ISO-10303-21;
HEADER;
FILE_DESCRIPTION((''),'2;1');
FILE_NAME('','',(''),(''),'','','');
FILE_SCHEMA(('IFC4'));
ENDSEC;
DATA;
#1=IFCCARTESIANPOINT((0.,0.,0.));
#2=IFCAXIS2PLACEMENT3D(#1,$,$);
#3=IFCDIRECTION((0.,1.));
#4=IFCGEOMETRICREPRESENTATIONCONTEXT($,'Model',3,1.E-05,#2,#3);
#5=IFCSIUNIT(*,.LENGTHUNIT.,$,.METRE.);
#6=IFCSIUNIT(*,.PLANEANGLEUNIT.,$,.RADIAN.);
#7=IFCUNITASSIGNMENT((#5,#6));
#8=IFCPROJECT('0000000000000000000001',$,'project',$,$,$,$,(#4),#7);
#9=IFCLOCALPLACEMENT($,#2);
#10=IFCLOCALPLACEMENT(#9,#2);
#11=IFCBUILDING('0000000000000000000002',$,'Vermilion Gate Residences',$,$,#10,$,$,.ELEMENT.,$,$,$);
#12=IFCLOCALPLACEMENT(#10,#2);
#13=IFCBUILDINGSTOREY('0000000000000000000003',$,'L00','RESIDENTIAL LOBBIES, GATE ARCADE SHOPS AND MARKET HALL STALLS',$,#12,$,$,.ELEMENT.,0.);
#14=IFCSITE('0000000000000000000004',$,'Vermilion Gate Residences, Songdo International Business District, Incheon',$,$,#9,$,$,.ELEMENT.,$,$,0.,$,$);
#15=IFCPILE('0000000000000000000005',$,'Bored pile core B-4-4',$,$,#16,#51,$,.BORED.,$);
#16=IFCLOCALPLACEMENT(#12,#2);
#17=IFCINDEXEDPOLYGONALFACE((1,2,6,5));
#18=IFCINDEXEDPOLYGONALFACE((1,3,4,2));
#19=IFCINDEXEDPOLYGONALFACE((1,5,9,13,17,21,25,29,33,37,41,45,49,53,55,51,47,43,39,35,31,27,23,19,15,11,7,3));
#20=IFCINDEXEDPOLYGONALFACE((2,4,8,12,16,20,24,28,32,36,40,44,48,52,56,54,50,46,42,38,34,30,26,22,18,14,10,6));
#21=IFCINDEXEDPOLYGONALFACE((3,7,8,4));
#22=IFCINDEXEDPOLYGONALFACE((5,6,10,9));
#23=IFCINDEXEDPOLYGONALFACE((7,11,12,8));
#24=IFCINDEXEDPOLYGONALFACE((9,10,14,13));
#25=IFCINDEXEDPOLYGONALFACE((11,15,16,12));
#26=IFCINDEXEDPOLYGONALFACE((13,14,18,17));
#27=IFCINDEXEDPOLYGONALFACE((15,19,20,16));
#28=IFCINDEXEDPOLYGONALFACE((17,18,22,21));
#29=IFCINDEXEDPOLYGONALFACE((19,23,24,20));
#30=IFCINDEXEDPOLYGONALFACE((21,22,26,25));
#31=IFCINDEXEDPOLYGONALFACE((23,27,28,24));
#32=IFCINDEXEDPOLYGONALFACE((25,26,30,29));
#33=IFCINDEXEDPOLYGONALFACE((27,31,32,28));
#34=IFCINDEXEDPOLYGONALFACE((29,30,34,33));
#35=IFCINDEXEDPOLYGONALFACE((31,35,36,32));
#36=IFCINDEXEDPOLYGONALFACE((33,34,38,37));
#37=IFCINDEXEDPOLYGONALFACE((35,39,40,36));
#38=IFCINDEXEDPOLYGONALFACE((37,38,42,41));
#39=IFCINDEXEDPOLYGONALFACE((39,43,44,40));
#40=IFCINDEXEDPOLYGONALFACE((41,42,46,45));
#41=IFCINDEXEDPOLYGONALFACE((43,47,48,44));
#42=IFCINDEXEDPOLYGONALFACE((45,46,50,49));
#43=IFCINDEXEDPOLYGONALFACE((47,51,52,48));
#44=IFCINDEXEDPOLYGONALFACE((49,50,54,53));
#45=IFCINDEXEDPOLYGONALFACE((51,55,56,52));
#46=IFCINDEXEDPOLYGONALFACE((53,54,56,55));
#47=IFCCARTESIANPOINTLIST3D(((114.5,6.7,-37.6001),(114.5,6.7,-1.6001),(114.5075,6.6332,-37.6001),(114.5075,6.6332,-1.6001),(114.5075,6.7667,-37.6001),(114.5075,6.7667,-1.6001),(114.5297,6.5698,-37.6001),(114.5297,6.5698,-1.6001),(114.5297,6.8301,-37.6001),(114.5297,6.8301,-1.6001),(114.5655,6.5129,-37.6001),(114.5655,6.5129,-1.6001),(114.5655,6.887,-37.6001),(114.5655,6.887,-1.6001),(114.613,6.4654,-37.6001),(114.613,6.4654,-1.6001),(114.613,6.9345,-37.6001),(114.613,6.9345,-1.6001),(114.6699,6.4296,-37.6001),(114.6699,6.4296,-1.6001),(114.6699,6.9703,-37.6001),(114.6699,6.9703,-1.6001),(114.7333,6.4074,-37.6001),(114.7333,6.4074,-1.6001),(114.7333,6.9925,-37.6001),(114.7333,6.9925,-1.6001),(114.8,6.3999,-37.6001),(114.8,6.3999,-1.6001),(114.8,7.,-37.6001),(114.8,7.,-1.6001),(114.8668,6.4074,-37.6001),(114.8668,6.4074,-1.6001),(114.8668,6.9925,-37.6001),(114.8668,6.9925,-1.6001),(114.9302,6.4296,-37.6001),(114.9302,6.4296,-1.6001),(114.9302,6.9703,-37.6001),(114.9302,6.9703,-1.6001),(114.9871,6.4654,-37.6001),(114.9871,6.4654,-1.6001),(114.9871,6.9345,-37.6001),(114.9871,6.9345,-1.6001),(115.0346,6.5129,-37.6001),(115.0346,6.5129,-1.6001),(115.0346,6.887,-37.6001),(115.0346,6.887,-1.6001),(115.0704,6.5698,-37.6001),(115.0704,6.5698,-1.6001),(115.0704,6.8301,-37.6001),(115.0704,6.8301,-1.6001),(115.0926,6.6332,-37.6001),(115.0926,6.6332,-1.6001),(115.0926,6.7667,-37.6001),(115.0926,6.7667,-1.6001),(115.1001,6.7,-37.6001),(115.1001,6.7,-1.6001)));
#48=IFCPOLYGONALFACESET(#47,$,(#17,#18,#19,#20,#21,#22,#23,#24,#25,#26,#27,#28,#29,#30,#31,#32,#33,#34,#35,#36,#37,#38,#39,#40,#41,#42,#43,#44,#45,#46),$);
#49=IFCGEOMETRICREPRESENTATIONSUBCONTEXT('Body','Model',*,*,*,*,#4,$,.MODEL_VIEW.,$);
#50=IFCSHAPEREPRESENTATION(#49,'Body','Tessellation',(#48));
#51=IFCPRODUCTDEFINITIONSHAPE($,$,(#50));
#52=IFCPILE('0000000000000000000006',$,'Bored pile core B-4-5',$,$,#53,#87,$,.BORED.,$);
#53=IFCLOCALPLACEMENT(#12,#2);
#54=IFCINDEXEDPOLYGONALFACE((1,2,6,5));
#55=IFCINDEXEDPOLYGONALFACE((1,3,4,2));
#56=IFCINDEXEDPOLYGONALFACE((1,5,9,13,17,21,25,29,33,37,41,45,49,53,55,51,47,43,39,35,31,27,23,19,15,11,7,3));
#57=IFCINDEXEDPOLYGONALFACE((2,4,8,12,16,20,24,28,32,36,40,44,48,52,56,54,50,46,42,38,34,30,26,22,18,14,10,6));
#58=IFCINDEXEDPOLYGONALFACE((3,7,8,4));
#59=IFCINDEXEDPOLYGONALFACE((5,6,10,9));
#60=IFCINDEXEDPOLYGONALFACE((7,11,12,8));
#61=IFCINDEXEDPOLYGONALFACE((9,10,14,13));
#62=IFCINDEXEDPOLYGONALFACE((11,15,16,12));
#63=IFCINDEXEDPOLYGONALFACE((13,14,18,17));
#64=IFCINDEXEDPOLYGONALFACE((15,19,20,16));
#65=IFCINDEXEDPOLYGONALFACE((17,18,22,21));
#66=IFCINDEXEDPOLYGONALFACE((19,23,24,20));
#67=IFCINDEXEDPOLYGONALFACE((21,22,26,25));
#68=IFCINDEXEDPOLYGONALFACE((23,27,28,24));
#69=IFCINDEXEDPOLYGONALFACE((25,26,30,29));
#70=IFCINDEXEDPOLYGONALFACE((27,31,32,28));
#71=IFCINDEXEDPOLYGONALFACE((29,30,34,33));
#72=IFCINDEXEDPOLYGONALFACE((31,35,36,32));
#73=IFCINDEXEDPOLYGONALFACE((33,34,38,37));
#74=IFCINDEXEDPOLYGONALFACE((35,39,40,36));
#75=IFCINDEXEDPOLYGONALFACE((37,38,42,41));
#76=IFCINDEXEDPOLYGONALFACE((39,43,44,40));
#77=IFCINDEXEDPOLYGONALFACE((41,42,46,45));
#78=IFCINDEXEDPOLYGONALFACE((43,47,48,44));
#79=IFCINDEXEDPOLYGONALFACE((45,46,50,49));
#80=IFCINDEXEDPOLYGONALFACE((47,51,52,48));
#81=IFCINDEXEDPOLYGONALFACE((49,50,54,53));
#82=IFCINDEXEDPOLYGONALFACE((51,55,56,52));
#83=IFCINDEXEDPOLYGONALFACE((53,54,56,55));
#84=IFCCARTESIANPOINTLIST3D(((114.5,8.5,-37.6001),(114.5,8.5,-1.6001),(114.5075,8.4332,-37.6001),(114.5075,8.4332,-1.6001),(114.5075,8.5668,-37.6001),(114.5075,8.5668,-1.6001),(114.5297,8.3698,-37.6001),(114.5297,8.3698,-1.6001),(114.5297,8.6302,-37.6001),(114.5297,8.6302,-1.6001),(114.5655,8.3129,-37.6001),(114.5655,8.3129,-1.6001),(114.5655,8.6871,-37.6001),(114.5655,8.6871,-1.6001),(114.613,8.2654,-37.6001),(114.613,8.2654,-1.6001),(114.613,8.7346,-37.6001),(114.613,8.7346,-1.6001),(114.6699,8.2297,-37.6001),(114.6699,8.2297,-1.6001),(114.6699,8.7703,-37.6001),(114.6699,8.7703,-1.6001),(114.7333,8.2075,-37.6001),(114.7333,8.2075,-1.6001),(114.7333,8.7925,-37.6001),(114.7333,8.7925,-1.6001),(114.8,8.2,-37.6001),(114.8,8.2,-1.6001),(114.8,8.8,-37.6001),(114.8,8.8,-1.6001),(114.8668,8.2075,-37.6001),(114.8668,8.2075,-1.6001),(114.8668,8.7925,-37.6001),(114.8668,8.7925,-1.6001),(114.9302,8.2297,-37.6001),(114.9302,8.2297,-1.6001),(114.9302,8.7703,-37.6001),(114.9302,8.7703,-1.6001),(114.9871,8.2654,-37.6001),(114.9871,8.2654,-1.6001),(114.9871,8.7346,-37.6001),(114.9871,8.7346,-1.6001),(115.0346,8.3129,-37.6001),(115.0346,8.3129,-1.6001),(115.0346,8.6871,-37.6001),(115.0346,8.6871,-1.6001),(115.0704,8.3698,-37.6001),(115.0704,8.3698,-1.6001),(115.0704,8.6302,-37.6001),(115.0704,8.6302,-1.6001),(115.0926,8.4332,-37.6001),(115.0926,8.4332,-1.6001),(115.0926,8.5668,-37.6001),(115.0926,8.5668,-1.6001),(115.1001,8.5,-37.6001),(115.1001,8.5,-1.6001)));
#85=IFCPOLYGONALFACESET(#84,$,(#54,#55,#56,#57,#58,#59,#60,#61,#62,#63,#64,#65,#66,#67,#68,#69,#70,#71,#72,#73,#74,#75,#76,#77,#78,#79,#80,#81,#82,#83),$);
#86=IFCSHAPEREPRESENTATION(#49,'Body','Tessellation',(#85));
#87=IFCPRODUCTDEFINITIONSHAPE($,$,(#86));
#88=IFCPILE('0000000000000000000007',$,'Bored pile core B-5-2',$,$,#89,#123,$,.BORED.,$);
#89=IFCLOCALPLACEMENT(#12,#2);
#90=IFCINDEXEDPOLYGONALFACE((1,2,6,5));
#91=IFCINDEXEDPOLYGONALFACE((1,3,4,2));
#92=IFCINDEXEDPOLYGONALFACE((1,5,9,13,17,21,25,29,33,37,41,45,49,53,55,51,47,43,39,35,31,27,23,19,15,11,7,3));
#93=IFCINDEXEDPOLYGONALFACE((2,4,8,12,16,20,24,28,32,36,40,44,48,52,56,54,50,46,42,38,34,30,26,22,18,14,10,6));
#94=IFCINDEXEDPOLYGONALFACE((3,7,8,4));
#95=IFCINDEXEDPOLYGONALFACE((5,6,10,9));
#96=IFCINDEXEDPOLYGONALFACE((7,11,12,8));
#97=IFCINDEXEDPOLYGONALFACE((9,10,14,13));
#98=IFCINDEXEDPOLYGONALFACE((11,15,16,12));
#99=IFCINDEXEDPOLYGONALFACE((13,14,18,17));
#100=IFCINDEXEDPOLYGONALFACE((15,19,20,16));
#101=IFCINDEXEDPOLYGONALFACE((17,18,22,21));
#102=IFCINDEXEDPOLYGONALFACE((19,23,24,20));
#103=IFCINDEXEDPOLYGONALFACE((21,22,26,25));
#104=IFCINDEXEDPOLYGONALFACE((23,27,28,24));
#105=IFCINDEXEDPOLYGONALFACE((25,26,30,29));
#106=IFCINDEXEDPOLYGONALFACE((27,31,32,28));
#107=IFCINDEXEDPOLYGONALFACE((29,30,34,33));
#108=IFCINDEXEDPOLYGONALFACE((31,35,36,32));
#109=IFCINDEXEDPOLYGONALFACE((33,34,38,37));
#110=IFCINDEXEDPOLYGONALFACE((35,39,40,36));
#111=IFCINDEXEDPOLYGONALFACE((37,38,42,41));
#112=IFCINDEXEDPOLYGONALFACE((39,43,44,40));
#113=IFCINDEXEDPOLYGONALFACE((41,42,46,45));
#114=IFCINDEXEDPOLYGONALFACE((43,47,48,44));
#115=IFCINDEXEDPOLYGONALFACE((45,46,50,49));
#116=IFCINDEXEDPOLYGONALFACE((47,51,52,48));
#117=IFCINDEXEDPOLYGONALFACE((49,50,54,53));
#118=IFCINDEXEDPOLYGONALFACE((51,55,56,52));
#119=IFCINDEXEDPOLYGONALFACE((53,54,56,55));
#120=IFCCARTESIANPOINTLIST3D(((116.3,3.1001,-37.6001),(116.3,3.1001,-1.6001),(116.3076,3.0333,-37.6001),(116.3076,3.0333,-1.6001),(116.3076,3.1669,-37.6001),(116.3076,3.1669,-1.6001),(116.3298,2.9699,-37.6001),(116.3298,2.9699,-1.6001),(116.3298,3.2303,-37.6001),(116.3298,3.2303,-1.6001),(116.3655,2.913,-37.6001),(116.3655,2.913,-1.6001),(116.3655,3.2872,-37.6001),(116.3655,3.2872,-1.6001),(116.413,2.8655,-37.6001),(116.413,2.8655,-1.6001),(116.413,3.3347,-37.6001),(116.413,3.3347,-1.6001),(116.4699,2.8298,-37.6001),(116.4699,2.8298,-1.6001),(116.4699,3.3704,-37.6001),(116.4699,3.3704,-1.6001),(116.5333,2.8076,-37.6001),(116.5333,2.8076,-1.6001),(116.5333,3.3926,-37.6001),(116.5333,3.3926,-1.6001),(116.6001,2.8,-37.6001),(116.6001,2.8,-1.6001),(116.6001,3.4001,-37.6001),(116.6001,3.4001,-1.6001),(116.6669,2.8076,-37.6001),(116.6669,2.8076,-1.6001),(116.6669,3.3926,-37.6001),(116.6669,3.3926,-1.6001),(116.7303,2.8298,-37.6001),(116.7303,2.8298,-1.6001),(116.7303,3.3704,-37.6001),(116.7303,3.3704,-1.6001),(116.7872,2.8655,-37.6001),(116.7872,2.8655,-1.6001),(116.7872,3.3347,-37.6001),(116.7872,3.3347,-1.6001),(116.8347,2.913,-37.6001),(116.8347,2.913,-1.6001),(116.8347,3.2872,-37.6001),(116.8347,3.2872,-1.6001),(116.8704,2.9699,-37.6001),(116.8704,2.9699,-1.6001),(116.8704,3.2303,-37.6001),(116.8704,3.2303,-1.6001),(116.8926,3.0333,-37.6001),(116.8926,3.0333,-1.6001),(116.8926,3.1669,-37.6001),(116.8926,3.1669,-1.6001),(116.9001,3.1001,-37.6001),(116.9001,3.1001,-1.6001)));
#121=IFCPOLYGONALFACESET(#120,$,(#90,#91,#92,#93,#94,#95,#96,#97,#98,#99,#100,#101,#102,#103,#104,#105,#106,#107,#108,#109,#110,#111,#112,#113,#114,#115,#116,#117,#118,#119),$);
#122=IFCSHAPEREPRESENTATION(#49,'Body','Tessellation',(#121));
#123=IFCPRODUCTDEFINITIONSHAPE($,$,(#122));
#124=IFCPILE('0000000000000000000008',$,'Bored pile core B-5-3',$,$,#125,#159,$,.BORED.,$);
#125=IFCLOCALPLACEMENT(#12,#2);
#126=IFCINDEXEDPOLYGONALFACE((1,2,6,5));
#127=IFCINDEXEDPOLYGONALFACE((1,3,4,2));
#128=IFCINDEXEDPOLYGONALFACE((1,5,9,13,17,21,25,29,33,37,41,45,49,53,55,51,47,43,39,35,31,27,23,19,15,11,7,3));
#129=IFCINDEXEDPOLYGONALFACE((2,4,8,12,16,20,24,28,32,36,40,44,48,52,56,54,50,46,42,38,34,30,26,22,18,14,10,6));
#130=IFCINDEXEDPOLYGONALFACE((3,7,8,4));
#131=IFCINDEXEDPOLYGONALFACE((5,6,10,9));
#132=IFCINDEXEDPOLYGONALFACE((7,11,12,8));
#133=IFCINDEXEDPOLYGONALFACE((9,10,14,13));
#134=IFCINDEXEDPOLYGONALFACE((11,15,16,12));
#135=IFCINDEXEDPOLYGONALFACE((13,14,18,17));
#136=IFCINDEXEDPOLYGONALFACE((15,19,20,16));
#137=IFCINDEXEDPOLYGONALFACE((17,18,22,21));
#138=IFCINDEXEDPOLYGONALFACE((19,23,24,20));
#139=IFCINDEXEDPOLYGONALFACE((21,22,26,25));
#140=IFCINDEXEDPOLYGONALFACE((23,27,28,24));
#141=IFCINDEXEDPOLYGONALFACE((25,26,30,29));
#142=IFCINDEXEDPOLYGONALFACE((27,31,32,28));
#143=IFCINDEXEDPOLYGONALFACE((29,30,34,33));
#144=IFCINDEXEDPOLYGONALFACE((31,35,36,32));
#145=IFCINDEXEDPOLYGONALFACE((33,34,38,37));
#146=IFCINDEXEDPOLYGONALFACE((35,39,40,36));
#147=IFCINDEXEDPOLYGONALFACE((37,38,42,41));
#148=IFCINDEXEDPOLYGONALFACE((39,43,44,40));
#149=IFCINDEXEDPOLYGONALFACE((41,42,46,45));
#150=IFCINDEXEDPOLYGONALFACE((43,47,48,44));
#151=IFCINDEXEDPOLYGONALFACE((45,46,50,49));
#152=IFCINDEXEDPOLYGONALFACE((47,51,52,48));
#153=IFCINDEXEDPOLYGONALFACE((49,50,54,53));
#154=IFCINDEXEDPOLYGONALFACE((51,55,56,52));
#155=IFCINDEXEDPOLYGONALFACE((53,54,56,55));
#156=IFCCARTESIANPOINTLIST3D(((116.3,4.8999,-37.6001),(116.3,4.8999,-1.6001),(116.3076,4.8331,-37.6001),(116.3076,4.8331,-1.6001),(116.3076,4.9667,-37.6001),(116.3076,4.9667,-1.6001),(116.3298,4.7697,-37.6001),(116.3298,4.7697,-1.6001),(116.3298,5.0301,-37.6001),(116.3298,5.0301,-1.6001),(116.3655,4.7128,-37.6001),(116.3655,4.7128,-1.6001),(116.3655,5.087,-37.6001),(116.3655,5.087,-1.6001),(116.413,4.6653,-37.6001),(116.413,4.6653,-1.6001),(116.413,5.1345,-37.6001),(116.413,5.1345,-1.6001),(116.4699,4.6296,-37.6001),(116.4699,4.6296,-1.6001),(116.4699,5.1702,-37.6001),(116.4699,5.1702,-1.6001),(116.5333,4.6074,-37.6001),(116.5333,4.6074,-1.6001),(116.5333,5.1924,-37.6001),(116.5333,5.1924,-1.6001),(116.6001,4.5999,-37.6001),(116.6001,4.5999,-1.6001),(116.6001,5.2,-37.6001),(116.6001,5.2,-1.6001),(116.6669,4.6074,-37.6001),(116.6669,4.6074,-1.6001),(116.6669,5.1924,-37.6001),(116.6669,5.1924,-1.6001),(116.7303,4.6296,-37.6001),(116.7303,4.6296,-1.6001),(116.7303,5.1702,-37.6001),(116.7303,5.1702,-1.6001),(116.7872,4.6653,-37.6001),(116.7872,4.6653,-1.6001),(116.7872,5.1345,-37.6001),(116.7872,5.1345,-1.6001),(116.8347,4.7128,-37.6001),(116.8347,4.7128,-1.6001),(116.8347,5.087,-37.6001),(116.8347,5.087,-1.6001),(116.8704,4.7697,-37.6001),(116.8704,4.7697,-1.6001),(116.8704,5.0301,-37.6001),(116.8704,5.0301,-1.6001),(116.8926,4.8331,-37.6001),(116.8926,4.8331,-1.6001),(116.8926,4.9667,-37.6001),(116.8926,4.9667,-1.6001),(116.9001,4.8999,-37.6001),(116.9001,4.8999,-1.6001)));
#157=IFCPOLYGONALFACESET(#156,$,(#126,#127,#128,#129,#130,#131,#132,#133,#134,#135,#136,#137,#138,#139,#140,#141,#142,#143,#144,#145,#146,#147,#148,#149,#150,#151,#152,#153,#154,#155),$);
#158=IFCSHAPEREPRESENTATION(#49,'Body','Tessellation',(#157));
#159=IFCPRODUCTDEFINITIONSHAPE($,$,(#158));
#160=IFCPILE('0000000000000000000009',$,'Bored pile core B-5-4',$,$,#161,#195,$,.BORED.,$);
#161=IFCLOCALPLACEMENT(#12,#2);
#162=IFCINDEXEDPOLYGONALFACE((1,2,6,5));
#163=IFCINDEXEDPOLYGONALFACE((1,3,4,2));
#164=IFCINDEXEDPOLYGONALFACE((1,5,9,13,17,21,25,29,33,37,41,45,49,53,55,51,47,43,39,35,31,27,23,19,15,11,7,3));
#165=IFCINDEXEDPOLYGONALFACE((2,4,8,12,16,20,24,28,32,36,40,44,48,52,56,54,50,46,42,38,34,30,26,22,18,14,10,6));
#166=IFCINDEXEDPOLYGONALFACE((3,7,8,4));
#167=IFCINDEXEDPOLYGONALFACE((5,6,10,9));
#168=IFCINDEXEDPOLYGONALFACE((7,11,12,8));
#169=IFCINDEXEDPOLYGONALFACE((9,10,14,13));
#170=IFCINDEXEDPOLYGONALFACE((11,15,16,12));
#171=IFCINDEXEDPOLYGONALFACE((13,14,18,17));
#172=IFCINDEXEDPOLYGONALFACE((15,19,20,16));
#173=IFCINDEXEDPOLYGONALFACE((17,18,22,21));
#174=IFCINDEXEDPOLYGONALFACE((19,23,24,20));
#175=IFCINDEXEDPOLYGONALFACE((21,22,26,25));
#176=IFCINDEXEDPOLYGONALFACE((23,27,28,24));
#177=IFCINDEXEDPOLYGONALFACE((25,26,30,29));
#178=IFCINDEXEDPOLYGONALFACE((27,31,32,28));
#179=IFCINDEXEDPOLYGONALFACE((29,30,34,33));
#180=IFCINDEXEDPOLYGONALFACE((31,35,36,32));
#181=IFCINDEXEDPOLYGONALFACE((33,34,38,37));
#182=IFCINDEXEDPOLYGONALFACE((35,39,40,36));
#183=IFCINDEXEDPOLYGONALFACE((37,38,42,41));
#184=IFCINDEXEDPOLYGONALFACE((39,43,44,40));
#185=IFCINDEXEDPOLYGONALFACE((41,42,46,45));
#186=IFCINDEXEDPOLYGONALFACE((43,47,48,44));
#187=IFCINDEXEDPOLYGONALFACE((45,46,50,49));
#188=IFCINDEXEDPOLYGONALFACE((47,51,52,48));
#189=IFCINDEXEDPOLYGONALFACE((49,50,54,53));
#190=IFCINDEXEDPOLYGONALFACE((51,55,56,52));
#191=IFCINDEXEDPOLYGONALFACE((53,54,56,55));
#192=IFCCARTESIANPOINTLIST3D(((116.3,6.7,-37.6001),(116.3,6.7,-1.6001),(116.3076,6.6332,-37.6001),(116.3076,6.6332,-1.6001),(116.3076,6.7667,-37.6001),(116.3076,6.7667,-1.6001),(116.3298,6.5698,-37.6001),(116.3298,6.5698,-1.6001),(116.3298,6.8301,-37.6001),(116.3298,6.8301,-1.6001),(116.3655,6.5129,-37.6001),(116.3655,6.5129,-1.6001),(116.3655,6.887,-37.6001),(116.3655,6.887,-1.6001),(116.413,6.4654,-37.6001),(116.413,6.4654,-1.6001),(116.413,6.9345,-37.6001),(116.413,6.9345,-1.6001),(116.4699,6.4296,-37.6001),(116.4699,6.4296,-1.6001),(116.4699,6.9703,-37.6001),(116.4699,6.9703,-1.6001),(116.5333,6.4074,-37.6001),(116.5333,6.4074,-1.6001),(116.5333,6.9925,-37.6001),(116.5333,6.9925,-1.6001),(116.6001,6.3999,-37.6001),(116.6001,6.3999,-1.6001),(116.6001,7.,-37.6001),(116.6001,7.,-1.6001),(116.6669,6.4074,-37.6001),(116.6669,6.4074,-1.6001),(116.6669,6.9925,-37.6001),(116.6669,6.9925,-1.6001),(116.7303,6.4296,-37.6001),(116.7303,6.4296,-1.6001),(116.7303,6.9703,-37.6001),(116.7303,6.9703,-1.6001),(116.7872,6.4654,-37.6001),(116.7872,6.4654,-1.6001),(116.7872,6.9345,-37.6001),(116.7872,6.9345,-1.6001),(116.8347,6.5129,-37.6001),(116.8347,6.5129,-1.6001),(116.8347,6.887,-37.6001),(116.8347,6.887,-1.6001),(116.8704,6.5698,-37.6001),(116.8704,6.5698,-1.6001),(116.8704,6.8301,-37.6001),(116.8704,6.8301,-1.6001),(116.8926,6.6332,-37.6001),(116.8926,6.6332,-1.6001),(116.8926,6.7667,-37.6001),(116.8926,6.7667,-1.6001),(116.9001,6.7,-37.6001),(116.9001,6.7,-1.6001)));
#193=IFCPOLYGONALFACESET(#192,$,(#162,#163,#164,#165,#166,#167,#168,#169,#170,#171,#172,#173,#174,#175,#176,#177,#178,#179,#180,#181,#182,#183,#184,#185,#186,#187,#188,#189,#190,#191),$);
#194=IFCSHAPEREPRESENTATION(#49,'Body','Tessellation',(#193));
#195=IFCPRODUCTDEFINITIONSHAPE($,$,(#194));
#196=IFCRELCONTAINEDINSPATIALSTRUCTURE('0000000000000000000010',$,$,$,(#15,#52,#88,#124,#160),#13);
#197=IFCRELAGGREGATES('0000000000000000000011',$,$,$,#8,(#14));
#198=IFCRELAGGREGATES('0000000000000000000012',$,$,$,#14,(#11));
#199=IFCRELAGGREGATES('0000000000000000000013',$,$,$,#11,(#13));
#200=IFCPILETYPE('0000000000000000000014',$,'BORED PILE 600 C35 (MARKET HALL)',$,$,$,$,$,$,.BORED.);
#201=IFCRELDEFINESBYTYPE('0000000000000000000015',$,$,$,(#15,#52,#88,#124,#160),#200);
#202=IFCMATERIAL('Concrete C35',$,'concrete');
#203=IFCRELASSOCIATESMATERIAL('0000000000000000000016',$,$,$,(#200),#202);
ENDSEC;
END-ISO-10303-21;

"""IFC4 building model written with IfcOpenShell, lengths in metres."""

from ifc_helpers import new_model, si_unit, direction, frame, origin, origin_2d, place, context, subcontext, project, spatial, circle, extrude, material, material_profile, profile_set, type_object, element, save


model = new_model("IFC4")

# Units and contexts
model_context = context("Model", 3, precision=1e-05, world=origin(), true_north=direction((0.0, 1.0)))
body_context = subcontext(model_context, "Body", "Model", "MODEL_VIEW")
ifc_project = project(units=[si_unit("LENGTHUNIT", "METRE"), si_unit("PLANEANGLEUNIT", "RADIAN")], contexts=[model_context])

# Site, building, storey
site_placement = place(None, origin())
site = spatial("IfcSite", under=ifc_project, at=site_placement, Name="Vermilion Gate Residences, Songdo International Business District, Incheon", CompositionType="ELEMENT", RefElevation=0.0)
building_placement = place(site_placement, origin())
building = spatial("IfcBuilding", under=site, at=building_placement, Name="Vermilion Gate Residences", CompositionType="ELEMENT")
storey_placement = place(building_placement, origin())
storey = spatial("IfcBuildingStorey", under=building, at=storey_placement, Name="L00", Description="RESIDENTIAL LOBBIES, GATE ARCADE SHOPS AND MARKET HALL STALLS", CompositionType="ELEMENT", Elevation=0.0)

# Piles
ifc_material_1 = material(Name="Concrete C35", Category="concrete")
ifc_material_profile_1 = material_profile(ifc_material_1, circle(Radius=0.3, at=origin_2d()), Name="BORED PILE 600 C35 (MARKET HALL)")
ifc_profile_set_1 = profile_set([ifc_material_profile_1], Name="Concrete C35")
pile_type = type_object("IfcPileType", Name="BORED PILE 600 C35 (MARKET HALL)", PredefinedType="BORED", material=ifc_profile_set_1)
for number, where, z_axis, x_axis, name in (
    (1, (114.8, 6.7, -1.6001), (0.0, 0.0, -1.0), (1.0, 0.0, 0.0), "Bored pile core B-4-4"),
    (2, (114.8, 8.5, -1.6001), (0.0, 0.0, -1.0), (1.0, 0.0, 0.0), "Bored pile core B-4-5"),
    (3, (116.6001, 3.1001, -1.6001), (0.0, 0.0, -1.0), (1.0, 0.0, 0.0), "Bored pile core B-5-2"),
    (4, (116.6001, 4.8999, -1.6001), (0.0, 0.0, -1.0), (1.0, 0.0, 0.0), "Bored pile core B-5-3"),
    (5, (116.6001, 6.7, -1.6001), (0.0, 0.0, -1.0), (1.0, 0.0, 0.0), "Bored pile core B-5-4"),
):
    element("IfcPile", number, at=place(storey_placement, frame(where, z_axis=z_axis, x_axis=x_axis)), inside=storey, type_object=pile_type, Name=name, PredefinedType="BORED", context=body_context, shape_type="SweptSolid", body=[
        extrude(circle(Radius=0.3, at=origin_2d()), origin(), (0.0, 0.0, 1.0), 36.0),
    ])

save(model, "model.ifc")
